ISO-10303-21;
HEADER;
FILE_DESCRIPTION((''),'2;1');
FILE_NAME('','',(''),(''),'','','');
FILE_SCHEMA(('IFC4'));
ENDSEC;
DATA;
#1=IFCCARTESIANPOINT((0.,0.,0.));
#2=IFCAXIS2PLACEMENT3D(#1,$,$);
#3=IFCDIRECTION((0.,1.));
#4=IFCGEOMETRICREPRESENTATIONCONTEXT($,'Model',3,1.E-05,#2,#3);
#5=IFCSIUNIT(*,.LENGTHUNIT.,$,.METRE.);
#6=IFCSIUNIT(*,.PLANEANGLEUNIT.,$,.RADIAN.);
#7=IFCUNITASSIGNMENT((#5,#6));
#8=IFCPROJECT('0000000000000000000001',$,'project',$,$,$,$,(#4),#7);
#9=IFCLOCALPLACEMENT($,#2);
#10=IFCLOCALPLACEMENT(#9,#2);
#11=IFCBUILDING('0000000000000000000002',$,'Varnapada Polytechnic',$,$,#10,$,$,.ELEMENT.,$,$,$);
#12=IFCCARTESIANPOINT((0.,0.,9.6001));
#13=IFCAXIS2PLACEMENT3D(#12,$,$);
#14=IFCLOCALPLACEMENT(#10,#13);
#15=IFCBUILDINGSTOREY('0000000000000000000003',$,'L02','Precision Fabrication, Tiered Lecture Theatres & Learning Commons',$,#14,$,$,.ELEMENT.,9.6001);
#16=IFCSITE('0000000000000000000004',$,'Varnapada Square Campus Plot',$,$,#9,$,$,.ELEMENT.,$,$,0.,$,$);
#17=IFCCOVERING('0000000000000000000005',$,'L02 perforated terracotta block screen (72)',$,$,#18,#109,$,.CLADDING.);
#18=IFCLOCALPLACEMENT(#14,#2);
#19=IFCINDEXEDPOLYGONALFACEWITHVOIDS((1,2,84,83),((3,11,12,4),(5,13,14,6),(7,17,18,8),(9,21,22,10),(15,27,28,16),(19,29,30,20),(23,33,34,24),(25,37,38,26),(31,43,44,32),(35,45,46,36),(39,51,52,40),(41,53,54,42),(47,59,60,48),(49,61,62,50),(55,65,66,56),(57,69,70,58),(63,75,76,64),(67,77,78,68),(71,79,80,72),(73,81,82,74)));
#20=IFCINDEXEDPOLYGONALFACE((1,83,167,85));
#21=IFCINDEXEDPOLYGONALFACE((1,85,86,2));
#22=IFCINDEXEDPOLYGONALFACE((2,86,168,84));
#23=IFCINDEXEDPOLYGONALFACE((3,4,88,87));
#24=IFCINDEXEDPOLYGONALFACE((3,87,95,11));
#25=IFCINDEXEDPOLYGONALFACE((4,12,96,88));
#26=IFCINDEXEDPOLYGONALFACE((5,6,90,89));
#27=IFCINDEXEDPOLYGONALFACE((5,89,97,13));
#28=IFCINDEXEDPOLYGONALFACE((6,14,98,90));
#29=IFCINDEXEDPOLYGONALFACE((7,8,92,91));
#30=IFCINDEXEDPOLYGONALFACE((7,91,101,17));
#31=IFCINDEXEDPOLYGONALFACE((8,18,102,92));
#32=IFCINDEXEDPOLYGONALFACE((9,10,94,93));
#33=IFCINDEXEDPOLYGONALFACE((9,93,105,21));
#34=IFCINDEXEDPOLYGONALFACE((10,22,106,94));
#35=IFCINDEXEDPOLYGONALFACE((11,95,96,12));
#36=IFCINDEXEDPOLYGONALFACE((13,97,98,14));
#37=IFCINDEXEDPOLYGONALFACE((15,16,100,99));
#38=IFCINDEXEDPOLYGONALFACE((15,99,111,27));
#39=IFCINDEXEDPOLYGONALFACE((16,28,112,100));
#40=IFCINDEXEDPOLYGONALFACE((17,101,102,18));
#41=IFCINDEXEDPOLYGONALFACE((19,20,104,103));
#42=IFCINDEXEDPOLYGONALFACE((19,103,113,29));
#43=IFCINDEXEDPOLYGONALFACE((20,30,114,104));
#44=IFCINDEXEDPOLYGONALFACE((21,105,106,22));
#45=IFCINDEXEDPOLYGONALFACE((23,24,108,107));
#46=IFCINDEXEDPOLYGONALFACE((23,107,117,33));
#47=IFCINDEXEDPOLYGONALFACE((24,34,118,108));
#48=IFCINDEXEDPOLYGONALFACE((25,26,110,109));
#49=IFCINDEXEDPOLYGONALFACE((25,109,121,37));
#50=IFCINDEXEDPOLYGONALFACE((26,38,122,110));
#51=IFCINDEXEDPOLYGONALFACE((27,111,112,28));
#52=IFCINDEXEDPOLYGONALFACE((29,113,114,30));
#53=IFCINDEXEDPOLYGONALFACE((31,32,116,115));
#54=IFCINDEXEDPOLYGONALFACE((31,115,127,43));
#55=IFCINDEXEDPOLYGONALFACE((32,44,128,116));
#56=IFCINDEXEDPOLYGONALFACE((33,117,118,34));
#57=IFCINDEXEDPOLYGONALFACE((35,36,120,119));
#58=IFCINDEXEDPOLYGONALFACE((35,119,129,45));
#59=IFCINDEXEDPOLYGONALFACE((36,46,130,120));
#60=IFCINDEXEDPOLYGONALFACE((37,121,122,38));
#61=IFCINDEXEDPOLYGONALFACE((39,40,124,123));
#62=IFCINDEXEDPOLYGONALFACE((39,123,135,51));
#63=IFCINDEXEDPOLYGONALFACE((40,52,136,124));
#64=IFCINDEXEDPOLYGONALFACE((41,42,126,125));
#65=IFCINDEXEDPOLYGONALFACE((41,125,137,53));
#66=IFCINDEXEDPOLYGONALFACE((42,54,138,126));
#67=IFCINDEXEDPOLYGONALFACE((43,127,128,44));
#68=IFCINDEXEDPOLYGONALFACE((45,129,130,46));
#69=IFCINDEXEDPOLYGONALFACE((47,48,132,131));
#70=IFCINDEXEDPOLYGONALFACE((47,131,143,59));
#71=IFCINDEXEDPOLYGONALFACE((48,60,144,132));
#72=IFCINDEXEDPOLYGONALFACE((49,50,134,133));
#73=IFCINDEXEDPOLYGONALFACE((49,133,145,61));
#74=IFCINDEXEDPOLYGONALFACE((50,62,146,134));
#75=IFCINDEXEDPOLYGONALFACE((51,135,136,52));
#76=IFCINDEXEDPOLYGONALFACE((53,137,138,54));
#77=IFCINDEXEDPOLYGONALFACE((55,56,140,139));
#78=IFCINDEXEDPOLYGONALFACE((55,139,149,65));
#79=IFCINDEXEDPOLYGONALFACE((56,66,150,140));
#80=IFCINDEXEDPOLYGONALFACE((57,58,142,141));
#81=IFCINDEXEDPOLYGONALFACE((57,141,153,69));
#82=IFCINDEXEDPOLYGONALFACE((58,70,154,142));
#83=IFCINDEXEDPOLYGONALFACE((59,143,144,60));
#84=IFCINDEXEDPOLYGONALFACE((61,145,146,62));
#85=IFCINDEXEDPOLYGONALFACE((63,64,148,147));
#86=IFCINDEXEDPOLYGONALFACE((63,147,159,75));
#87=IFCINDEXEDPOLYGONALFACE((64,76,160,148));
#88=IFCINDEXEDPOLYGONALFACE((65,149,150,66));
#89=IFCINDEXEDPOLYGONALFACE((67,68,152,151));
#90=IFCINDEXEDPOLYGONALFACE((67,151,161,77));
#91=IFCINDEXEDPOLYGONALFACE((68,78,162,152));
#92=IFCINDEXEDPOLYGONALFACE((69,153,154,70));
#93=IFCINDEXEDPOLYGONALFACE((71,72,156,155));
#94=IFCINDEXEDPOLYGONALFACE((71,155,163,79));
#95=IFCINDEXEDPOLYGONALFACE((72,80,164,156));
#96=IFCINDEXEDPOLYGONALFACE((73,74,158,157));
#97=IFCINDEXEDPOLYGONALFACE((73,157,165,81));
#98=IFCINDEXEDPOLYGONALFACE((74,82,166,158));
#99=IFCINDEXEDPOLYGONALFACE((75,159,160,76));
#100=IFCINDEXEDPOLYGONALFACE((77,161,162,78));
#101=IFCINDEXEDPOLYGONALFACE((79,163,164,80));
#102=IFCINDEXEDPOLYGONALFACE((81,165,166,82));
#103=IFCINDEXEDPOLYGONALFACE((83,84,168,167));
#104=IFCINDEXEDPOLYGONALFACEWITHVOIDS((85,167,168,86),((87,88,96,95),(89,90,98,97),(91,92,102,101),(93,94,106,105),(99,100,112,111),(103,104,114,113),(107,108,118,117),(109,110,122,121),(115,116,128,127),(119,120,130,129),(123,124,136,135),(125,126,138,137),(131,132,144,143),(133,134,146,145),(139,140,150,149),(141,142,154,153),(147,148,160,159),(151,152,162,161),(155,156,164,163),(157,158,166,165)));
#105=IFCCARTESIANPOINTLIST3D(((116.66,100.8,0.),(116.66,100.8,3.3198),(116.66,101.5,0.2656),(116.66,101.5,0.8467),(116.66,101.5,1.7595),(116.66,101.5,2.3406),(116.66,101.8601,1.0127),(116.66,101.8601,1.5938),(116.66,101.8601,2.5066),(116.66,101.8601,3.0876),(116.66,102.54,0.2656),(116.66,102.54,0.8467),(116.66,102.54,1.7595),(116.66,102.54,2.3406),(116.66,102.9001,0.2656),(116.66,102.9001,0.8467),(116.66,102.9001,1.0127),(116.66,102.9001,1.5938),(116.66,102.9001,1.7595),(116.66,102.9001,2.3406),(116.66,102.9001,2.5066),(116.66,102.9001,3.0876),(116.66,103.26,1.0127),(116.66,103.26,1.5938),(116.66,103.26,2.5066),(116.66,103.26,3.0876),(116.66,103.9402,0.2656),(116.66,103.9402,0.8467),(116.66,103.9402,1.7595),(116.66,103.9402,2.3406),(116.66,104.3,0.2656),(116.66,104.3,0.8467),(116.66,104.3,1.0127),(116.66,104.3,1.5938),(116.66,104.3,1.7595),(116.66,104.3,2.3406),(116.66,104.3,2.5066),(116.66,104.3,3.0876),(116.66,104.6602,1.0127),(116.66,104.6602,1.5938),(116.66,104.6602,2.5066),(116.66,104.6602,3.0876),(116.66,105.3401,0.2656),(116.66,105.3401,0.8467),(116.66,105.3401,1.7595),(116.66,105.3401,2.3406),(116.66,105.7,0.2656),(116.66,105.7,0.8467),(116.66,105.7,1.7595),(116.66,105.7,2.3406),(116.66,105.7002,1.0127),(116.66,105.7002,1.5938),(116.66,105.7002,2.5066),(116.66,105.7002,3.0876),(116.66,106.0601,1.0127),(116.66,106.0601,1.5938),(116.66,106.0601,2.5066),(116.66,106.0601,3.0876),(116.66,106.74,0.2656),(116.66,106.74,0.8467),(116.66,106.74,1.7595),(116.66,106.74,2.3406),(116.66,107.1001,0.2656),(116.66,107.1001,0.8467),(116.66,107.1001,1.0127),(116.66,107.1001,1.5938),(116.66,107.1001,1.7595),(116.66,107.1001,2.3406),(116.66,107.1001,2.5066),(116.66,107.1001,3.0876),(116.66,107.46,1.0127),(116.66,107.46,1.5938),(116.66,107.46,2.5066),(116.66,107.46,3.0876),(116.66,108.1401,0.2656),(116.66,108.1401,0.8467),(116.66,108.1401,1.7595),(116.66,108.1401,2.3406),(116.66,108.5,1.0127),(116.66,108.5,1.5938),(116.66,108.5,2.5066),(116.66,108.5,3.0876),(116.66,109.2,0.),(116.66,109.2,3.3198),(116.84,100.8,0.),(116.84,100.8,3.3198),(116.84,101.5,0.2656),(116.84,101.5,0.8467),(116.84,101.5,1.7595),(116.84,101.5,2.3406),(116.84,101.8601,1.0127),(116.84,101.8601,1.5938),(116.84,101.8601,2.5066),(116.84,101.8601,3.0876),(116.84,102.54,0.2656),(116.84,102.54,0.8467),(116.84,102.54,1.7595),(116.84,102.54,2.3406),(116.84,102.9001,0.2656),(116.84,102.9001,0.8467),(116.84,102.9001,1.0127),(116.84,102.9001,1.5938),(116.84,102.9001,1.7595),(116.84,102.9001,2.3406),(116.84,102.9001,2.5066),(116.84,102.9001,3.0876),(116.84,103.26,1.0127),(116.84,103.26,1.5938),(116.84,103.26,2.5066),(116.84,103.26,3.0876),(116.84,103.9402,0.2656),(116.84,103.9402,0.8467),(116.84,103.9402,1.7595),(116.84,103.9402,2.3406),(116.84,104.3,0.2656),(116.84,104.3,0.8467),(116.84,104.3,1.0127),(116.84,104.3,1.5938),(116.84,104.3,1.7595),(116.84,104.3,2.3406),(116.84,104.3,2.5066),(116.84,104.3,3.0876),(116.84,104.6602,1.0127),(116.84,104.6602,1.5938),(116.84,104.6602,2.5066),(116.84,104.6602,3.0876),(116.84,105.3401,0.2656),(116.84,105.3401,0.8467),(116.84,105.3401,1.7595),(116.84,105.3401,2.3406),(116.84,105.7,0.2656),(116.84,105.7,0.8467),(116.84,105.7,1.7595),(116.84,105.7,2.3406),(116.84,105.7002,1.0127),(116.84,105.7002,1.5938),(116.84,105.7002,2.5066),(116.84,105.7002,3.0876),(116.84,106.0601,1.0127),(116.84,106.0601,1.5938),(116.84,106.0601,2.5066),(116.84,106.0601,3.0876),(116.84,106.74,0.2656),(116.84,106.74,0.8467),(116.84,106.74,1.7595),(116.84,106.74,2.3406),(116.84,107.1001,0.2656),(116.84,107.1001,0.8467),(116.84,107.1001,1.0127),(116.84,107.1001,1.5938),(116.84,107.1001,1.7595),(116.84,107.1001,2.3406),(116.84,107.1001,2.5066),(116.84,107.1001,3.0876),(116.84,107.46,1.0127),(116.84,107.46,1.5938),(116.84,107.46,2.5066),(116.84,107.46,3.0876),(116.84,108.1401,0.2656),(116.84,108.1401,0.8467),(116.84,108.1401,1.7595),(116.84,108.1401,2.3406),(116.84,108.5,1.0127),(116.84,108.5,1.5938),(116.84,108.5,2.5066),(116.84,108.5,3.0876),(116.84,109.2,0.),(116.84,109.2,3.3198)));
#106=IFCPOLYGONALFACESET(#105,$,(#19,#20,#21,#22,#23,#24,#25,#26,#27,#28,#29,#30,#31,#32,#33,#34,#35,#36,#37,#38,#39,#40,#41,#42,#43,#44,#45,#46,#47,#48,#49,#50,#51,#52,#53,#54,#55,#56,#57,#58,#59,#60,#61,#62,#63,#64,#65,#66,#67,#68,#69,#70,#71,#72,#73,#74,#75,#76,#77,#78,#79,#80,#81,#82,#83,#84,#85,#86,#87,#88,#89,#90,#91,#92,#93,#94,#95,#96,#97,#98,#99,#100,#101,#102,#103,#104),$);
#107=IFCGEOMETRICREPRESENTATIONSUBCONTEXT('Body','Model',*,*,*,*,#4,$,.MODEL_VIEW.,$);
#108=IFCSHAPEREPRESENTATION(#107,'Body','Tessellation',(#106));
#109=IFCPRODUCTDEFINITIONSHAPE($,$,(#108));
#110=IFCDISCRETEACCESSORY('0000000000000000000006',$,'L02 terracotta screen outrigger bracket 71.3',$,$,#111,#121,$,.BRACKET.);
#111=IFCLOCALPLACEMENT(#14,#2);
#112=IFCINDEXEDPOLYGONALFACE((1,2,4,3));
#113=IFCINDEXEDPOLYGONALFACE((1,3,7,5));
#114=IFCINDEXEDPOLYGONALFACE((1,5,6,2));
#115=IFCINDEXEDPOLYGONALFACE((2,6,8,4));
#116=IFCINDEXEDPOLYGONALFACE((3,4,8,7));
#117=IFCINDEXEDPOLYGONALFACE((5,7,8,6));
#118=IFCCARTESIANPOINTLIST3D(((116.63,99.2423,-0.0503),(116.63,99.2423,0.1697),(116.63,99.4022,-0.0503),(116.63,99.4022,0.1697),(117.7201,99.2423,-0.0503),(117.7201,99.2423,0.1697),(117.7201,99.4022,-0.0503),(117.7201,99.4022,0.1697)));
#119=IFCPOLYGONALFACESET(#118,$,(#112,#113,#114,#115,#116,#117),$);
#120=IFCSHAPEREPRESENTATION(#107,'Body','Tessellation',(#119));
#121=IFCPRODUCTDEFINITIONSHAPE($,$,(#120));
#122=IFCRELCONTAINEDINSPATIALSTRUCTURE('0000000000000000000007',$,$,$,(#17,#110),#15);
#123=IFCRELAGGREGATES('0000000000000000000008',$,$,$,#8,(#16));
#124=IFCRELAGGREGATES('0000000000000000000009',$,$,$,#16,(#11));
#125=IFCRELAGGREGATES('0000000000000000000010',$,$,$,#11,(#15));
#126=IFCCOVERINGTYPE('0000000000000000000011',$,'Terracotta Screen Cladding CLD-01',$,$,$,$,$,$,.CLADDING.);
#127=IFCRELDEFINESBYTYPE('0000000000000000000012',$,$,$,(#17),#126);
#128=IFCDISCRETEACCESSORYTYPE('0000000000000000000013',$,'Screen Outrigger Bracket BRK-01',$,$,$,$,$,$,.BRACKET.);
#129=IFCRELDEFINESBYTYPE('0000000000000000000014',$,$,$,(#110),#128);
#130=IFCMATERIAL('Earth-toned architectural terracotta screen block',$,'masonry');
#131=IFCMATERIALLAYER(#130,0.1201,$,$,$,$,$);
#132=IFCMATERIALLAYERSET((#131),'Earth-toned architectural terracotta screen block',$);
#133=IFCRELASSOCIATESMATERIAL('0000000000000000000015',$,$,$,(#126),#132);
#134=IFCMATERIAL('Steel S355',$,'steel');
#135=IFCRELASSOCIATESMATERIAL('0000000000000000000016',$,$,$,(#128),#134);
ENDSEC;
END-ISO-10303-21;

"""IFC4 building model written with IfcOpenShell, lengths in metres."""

from ifc_helpers import new_model, si_unit, direction, frame, frame_2d, origin, origin_2d, place, context, subcontext, project, spatial, rectangle, extrude, material, layer, layer_set, type_object, element, save


model = new_model("IFC4")

# Units and contexts
model_context = context("Model", 3, precision=1e-05, world=origin(), true_north=direction((0.0, 1.0)))
body_context = subcontext(model_context, "Body", "Model", "MODEL_VIEW")
ifc_project = project(units=[si_unit("LENGTHUNIT", "METRE"), si_unit("PLANEANGLEUNIT", "RADIAN")], contexts=[model_context])

# Site, building, storey
site_placement = place(None, origin())
site = spatial("IfcSite", under=ifc_project, at=site_placement, Name="Varnapada Square Campus Plot", CompositionType="ELEMENT", RefElevation=0.0)
building_placement = place(site_placement, origin())
building = spatial("IfcBuilding", under=site, at=building_placement, Name="Varnapada Polytechnic", CompositionType="ELEMENT")
storey_placement = place(building_placement, frame((0.0, 0.0, 9.6001)))
storey = spatial("IfcBuildingStorey", under=building, at=storey_placement, Name="L02", Description="Precision Fabrication, Tiered Lecture Theatres & Learning Commons", CompositionType="ELEMENT", Elevation=9.6001)

# Covering, openings
ifc_material_1 = material(Name="Earth-toned architectural terracotta screen block", Category="masonry")
ifc_layer_1 = layer(ifc_material_1, 0.1201)
ifc_layer_set_1 = layer_set([ifc_layer_1], Name="Earth-toned architectural terracotta screen block")
covering_type = type_object("IfcCoveringType", Name="Terracotta Screen Cladding CLD-01", PredefinedType="CLADDING", material=ifc_layer_set_1)
covering_placement = place(storey_placement, frame((116.75, 100.8, 0.0), z_axis=(0.0, 0.0, 1.0), x_axis=(0.0, 1.0, 0.0)))
covering = element("IfcCovering", 1, at=covering_placement, inside=storey, type_object=covering_type, Name="L02 perforated terracotta block screen (72)", PredefinedType="CLADDING", context=body_context, shape_type="SweptSolid", body=[
    extrude(rectangle(XDim=8.3999, YDim=0.1799, at=frame_2d((4.2, 0.0))), origin(), (0.0, 0.0, 1.0), 3.3198),
])
opening_1_placement = place(covering_placement, frame((0.7, 0.0, 0.2656)))
element("IfcOpeningElement", 2, at=opening_1_placement, cuts=covering, PredefinedType="OPENING", context=body_context, shape_type="SweptSolid", body=[
    extrude(rectangle(XDim=1.04, YDim=0.5811, at=frame_2d((0.52, 0.2905))), frame((0.0, 0.0999, 0.0), z_axis=(0.0, -1.0, 0.0), x_axis=(1.0, 0.0, 0.0)), (0.0, 0.0, 1.0), 0.2),
])
opening_2_placement = place(covering_placement, frame((2.1001, 0.0, 0.2656)))
element("IfcOpeningElement", 3, at=opening_2_placement, cuts=covering, PredefinedType="OPENING", context=body_context, shape_type="SweptSolid", body=[
    extrude(rectangle(XDim=1.04, YDim=0.5811, at=frame_2d((0.52, 0.2905))), frame((0.0, 0.0999, 0.0), z_axis=(0.0, -1.0, 0.0), x_axis=(1.0, 0.0, 0.0)), (0.0, 0.0, 1.0), 0.2),
])
opening_3_placement = place(covering_placement, frame((3.5, 0.0, 0.2656)))
element("IfcOpeningElement", 4, at=opening_3_placement, cuts=covering, PredefinedType="OPENING", context=body_context, shape_type="SweptSolid", body=[
    extrude(rectangle(XDim=1.04, YDim=0.5811, at=frame_2d((0.52, 0.2905))), frame((0.0, 0.0999, 0.0), z_axis=(0.0, -1.0, 0.0), x_axis=(1.0, 0.0, 0.0)), (0.0, 0.0, 1.0), 0.2),
])
opening_4_placement = place(covering_placement, frame((4.8999, 0.0, 0.2656)))
element("IfcOpeningElement", 5, at=opening_4_placement, cuts=covering, PredefinedType="OPENING", context=body_context, shape_type="SweptSolid", body=[
    extrude(rectangle(XDim=1.04, YDim=0.5811, at=frame_2d((0.52, 0.2905))), frame((0.0, 0.0999, 0.0), z_axis=(0.0, -1.0, 0.0), x_axis=(1.0, 0.0, 0.0)), (0.0, 0.0, 1.0), 0.2),
])
opening_5_placement = place(covering_placement, frame((6.3, 0.0, 0.2656)))
element("IfcOpeningElement", 6, at=opening_5_placement, cuts=covering, PredefinedType="OPENING", context=body_context, shape_type="SweptSolid", body=[
    extrude(rectangle(XDim=1.04, YDim=0.5811, at=frame_2d((0.52, 0.2905))), frame((0.0, 0.0999, 0.0), z_axis=(0.0, -1.0, 0.0), x_axis=(1.0, 0.0, 0.0)), (0.0, 0.0, 1.0), 0.2),
])
opening_6_placement = place(covering_placement, frame((1.0601, 0.0, 1.0127)))
element("IfcOpeningElement", 7, at=opening_6_placement, cuts=covering, PredefinedType="OPENING", context=body_context, shape_type="SweptSolid", body=[
    extrude(rectangle(XDim=1.04, YDim=0.5811, at=frame_2d((0.52, 0.2905))), frame((0.0, 0.0999, 0.0), z_axis=(0.0, -1.0, 0.0), x_axis=(1.0, 0.0, 0.0)), (0.0, 0.0, 1.0), 0.2),
])
opening_7_placement = place(covering_placement, frame((2.46, 0.0, 1.0127)))
element("IfcOpeningElement", 8, at=opening_7_placement, cuts=covering, PredefinedType="OPENING", context=body_context, shape_type="SweptSolid", body=[
    extrude(rectangle(XDim=1.04, YDim=0.5811, at=frame_2d((0.52, 0.2905))), frame((0.0, 0.0999, 0.0), z_axis=(0.0, -1.0, 0.0), x_axis=(1.0, 0.0, 0.0)), (0.0, 0.0, 1.0), 0.2),
])
opening_8_placement = place(covering_placement, frame((3.8601, 0.0, 1.0127)))
element("IfcOpeningElement", 9, at=opening_8_placement, cuts=covering, PredefinedType="OPENING", context=body_context, shape_type="SweptSolid", body=[
    extrude(rectangle(XDim=1.04, YDim=0.5811, at=frame_2d((0.52, 0.2905))), frame((0.0, 0.0999, 0.0), z_axis=(0.0, -1.0, 0.0), x_axis=(1.0, 0.0, 0.0)), (0.0, 0.0, 1.0), 0.2),
])
opening_9_placement = place(covering_placement, frame((5.26, 0.0, 1.0127)))
element("IfcOpeningElement", 10, at=opening_9_placement, cuts=covering, PredefinedType="OPENING", context=body_context, shape_type="SweptSolid", body=[
    extrude(rectangle(XDim=1.04, YDim=0.5811, at=frame_2d((0.52, 0.2905))), frame((0.0, 0.0999, 0.0), z_axis=(0.0, -1.0, 0.0), x_axis=(1.0, 0.0, 0.0)), (0.0, 0.0, 1.0), 0.2),
])
opening_10_placement = place(covering_placement, frame((6.6599, 0.0, 1.0127)))
element("IfcOpeningElement", 11, at=opening_10_placement, cuts=covering, PredefinedType="OPENING", context=body_context, shape_type="SweptSolid", body=[
    extrude(rectangle(XDim=1.04, YDim=0.5811, at=frame_2d((0.52, 0.2905))), frame((0.0, 0.0999, 0.0), z_axis=(0.0, -1.0, 0.0), x_axis=(1.0, 0.0, 0.0)), (0.0, 0.0, 1.0), 0.2),
])
opening_11_placement = place(covering_placement, frame((0.7, 0.0, 1.7595)))
element("IfcOpeningElement", 12, at=opening_11_placement, cuts=covering, PredefinedType="OPENING", context=body_context, shape_type="SweptSolid", body=[
    extrude(rectangle(XDim=1.04, YDim=0.5811, at=frame_2d((0.52, 0.2905))), frame((0.0, 0.0999, 0.0), z_axis=(0.0, -1.0, 0.0), x_axis=(1.0, 0.0, 0.0)), (0.0, 0.0, 1.0), 0.2),
])
opening_12_placement = place(covering_placement, frame((2.1001, 0.0, 1.7595)))
element("IfcOpeningElement", 13, at=opening_12_placement, cuts=covering, PredefinedType="OPENING", context=body_context, shape_type="SweptSolid", body=[
    extrude(rectangle(XDim=1.04, YDim=0.5811, at=frame_2d((0.52, 0.2905))), frame((0.0, 0.0999, 0.0), z_axis=(0.0, -1.0, 0.0), x_axis=(1.0, 0.0, 0.0)), (0.0, 0.0, 1.0), 0.2),
])
opening_13_placement = place(covering_placement, frame((3.5, 0.0, 1.7595)))
element("IfcOpeningElement", 14, at=opening_13_placement, cuts=covering, PredefinedType="OPENING", context=body_context, shape_type="SweptSolid", body=[
    extrude(rectangle(XDim=1.04, YDim=0.5811, at=frame_2d((0.52, 0.2905))), frame((0.0, 0.0999, 0.0), z_axis=(0.0, -1.0, 0.0), x_axis=(1.0, 0.0, 0.0)), (0.0, 0.0, 1.0), 0.2),
])
opening_14_placement = place(covering_placement, frame((4.8999, 0.0, 1.7595)))
element("IfcOpeningElement", 15, at=opening_14_placement, cuts=covering, PredefinedType="OPENING", context=body_context, shape_type="SweptSolid", body=[
    extrude(rectangle(XDim=1.04, YDim=0.5811, at=frame_2d((0.52, 0.2905))), frame((0.0, 0.0999, 0.0), z_axis=(0.0, -1.0, 0.0), x_axis=(1.0, 0.0, 0.0)), (0.0, 0.0, 1.0), 0.2),
])
opening_15_placement = place(covering_placement, frame((6.3, 0.0, 1.7595)))
element("IfcOpeningElement", 16, at=opening_15_placement, cuts=covering, PredefinedType="OPENING", context=body_context, shape_type="SweptSolid", body=[
    extrude(rectangle(XDim=1.04, YDim=0.5811, at=frame_2d((0.52, 0.2905))), frame((0.0, 0.0999, 0.0), z_axis=(0.0, -1.0, 0.0), x_axis=(1.0, 0.0, 0.0)), (0.0, 0.0, 1.0), 0.2),
])
opening_16_placement = place(covering_placement, frame((1.0601, 0.0, 2.5066)))
element("IfcOpeningElement", 17, at=opening_16_placement, cuts=covering, PredefinedType="OPENING", context=body_context, shape_type="SweptSolid", body=[
    extrude(rectangle(XDim=1.04, YDim=0.5811, at=frame_2d((0.52, 0.2905))), frame((0.0, 0.0999, 0.0), z_axis=(0.0, -1.0, 0.0), x_axis=(1.0, 0.0, 0.0)), (0.0, 0.0, 1.0), 0.2),
])
opening_17_placement = place(covering_placement, frame((2.46, 0.0, 2.5066)))
element("IfcOpeningElement", 18, at=opening_17_placement, cuts=covering, PredefinedType="OPENING", context=body_context, shape_type="SweptSolid", body=[
    extrude(rectangle(XDim=1.04, YDim=0.5811, at=frame_2d((0.52, 0.2905))), frame((0.0, 0.0999, 0.0), z_axis=(0.0, -1.0, 0.0), x_axis=(1.0, 0.0, 0.0)), (0.0, 0.0, 1.0), 0.2),
])
opening_18_placement = place(covering_placement, frame((3.8601, 0.0, 2.5066)))
element("IfcOpeningElement", 19, at=opening_18_placement, cuts=covering, PredefinedType="OPENING", context=body_context, shape_type="SweptSolid", body=[
    extrude(rectangle(XDim=1.04, YDim=0.5811, at=frame_2d((0.52, 0.2905))), frame((0.0, 0.0999, 0.0), z_axis=(0.0, -1.0, 0.0), x_axis=(1.0, 0.0, 0.0)), (0.0, 0.0, 1.0), 0.2),
])
opening_19_placement = place(covering_placement, frame((5.26, 0.0, 2.5066)))
element("IfcOpeningElement", 20, at=opening_19_placement, cuts=covering, PredefinedType="OPENING", context=body_context, shape_type="SweptSolid", body=[
    extrude(rectangle(XDim=1.04, YDim=0.5811, at=frame_2d((0.52, 0.2905))), frame((0.0, 0.0999, 0.0), z_axis=(0.0, -1.0, 0.0), x_axis=(1.0, 0.0, 0.0)), (0.0, 0.0, 1.0), 0.2),
])
opening_20_placement = place(covering_placement, frame((6.6599, 0.0, 2.5066)))
element("IfcOpeningElement", 21, at=opening_20_placement, cuts=covering, PredefinedType="OPENING", context=body_context, shape_type="SweptSolid", body=[
    extrude(rectangle(XDim=1.04, YDim=0.5811, at=frame_2d((0.52, 0.2905))), frame((0.0, 0.0999, 0.0), z_axis=(0.0, -1.0, 0.0), x_axis=(1.0, 0.0, 0.0)), (0.0, 0.0, 1.0), 0.2),
])

# Discrete accessory
ifc_material_2 = material(Name="Steel S355", Category="steel")
discrete_accessory_type = type_object("IfcDiscreteAccessoryType", Name="Screen Outrigger Bracket BRK-01", PredefinedType="BRACKET", material=ifc_material_2)
discrete_accessory_placement = place(storey_placement, frame((117.175, 99.3223, -0.0503), z_axis=(0.0, 0.0, 1.0), x_axis=(0.0, 1.0, 0.0)))
element("IfcDiscreteAccessory", 22, at=discrete_accessory_placement, inside=storey, type_object=discrete_accessory_type, Name="L02 terracotta screen outrigger bracket 71.3", PredefinedType="BRACKET", context=body_context, shape_type="SweptSolid", body=[
    extrude(rectangle(XDim=0.1599, YDim=1.0901, at=origin_2d()), origin(), (0.0, 0.0, 1.0), 0.22),
])

save(model, "model.ifc")
